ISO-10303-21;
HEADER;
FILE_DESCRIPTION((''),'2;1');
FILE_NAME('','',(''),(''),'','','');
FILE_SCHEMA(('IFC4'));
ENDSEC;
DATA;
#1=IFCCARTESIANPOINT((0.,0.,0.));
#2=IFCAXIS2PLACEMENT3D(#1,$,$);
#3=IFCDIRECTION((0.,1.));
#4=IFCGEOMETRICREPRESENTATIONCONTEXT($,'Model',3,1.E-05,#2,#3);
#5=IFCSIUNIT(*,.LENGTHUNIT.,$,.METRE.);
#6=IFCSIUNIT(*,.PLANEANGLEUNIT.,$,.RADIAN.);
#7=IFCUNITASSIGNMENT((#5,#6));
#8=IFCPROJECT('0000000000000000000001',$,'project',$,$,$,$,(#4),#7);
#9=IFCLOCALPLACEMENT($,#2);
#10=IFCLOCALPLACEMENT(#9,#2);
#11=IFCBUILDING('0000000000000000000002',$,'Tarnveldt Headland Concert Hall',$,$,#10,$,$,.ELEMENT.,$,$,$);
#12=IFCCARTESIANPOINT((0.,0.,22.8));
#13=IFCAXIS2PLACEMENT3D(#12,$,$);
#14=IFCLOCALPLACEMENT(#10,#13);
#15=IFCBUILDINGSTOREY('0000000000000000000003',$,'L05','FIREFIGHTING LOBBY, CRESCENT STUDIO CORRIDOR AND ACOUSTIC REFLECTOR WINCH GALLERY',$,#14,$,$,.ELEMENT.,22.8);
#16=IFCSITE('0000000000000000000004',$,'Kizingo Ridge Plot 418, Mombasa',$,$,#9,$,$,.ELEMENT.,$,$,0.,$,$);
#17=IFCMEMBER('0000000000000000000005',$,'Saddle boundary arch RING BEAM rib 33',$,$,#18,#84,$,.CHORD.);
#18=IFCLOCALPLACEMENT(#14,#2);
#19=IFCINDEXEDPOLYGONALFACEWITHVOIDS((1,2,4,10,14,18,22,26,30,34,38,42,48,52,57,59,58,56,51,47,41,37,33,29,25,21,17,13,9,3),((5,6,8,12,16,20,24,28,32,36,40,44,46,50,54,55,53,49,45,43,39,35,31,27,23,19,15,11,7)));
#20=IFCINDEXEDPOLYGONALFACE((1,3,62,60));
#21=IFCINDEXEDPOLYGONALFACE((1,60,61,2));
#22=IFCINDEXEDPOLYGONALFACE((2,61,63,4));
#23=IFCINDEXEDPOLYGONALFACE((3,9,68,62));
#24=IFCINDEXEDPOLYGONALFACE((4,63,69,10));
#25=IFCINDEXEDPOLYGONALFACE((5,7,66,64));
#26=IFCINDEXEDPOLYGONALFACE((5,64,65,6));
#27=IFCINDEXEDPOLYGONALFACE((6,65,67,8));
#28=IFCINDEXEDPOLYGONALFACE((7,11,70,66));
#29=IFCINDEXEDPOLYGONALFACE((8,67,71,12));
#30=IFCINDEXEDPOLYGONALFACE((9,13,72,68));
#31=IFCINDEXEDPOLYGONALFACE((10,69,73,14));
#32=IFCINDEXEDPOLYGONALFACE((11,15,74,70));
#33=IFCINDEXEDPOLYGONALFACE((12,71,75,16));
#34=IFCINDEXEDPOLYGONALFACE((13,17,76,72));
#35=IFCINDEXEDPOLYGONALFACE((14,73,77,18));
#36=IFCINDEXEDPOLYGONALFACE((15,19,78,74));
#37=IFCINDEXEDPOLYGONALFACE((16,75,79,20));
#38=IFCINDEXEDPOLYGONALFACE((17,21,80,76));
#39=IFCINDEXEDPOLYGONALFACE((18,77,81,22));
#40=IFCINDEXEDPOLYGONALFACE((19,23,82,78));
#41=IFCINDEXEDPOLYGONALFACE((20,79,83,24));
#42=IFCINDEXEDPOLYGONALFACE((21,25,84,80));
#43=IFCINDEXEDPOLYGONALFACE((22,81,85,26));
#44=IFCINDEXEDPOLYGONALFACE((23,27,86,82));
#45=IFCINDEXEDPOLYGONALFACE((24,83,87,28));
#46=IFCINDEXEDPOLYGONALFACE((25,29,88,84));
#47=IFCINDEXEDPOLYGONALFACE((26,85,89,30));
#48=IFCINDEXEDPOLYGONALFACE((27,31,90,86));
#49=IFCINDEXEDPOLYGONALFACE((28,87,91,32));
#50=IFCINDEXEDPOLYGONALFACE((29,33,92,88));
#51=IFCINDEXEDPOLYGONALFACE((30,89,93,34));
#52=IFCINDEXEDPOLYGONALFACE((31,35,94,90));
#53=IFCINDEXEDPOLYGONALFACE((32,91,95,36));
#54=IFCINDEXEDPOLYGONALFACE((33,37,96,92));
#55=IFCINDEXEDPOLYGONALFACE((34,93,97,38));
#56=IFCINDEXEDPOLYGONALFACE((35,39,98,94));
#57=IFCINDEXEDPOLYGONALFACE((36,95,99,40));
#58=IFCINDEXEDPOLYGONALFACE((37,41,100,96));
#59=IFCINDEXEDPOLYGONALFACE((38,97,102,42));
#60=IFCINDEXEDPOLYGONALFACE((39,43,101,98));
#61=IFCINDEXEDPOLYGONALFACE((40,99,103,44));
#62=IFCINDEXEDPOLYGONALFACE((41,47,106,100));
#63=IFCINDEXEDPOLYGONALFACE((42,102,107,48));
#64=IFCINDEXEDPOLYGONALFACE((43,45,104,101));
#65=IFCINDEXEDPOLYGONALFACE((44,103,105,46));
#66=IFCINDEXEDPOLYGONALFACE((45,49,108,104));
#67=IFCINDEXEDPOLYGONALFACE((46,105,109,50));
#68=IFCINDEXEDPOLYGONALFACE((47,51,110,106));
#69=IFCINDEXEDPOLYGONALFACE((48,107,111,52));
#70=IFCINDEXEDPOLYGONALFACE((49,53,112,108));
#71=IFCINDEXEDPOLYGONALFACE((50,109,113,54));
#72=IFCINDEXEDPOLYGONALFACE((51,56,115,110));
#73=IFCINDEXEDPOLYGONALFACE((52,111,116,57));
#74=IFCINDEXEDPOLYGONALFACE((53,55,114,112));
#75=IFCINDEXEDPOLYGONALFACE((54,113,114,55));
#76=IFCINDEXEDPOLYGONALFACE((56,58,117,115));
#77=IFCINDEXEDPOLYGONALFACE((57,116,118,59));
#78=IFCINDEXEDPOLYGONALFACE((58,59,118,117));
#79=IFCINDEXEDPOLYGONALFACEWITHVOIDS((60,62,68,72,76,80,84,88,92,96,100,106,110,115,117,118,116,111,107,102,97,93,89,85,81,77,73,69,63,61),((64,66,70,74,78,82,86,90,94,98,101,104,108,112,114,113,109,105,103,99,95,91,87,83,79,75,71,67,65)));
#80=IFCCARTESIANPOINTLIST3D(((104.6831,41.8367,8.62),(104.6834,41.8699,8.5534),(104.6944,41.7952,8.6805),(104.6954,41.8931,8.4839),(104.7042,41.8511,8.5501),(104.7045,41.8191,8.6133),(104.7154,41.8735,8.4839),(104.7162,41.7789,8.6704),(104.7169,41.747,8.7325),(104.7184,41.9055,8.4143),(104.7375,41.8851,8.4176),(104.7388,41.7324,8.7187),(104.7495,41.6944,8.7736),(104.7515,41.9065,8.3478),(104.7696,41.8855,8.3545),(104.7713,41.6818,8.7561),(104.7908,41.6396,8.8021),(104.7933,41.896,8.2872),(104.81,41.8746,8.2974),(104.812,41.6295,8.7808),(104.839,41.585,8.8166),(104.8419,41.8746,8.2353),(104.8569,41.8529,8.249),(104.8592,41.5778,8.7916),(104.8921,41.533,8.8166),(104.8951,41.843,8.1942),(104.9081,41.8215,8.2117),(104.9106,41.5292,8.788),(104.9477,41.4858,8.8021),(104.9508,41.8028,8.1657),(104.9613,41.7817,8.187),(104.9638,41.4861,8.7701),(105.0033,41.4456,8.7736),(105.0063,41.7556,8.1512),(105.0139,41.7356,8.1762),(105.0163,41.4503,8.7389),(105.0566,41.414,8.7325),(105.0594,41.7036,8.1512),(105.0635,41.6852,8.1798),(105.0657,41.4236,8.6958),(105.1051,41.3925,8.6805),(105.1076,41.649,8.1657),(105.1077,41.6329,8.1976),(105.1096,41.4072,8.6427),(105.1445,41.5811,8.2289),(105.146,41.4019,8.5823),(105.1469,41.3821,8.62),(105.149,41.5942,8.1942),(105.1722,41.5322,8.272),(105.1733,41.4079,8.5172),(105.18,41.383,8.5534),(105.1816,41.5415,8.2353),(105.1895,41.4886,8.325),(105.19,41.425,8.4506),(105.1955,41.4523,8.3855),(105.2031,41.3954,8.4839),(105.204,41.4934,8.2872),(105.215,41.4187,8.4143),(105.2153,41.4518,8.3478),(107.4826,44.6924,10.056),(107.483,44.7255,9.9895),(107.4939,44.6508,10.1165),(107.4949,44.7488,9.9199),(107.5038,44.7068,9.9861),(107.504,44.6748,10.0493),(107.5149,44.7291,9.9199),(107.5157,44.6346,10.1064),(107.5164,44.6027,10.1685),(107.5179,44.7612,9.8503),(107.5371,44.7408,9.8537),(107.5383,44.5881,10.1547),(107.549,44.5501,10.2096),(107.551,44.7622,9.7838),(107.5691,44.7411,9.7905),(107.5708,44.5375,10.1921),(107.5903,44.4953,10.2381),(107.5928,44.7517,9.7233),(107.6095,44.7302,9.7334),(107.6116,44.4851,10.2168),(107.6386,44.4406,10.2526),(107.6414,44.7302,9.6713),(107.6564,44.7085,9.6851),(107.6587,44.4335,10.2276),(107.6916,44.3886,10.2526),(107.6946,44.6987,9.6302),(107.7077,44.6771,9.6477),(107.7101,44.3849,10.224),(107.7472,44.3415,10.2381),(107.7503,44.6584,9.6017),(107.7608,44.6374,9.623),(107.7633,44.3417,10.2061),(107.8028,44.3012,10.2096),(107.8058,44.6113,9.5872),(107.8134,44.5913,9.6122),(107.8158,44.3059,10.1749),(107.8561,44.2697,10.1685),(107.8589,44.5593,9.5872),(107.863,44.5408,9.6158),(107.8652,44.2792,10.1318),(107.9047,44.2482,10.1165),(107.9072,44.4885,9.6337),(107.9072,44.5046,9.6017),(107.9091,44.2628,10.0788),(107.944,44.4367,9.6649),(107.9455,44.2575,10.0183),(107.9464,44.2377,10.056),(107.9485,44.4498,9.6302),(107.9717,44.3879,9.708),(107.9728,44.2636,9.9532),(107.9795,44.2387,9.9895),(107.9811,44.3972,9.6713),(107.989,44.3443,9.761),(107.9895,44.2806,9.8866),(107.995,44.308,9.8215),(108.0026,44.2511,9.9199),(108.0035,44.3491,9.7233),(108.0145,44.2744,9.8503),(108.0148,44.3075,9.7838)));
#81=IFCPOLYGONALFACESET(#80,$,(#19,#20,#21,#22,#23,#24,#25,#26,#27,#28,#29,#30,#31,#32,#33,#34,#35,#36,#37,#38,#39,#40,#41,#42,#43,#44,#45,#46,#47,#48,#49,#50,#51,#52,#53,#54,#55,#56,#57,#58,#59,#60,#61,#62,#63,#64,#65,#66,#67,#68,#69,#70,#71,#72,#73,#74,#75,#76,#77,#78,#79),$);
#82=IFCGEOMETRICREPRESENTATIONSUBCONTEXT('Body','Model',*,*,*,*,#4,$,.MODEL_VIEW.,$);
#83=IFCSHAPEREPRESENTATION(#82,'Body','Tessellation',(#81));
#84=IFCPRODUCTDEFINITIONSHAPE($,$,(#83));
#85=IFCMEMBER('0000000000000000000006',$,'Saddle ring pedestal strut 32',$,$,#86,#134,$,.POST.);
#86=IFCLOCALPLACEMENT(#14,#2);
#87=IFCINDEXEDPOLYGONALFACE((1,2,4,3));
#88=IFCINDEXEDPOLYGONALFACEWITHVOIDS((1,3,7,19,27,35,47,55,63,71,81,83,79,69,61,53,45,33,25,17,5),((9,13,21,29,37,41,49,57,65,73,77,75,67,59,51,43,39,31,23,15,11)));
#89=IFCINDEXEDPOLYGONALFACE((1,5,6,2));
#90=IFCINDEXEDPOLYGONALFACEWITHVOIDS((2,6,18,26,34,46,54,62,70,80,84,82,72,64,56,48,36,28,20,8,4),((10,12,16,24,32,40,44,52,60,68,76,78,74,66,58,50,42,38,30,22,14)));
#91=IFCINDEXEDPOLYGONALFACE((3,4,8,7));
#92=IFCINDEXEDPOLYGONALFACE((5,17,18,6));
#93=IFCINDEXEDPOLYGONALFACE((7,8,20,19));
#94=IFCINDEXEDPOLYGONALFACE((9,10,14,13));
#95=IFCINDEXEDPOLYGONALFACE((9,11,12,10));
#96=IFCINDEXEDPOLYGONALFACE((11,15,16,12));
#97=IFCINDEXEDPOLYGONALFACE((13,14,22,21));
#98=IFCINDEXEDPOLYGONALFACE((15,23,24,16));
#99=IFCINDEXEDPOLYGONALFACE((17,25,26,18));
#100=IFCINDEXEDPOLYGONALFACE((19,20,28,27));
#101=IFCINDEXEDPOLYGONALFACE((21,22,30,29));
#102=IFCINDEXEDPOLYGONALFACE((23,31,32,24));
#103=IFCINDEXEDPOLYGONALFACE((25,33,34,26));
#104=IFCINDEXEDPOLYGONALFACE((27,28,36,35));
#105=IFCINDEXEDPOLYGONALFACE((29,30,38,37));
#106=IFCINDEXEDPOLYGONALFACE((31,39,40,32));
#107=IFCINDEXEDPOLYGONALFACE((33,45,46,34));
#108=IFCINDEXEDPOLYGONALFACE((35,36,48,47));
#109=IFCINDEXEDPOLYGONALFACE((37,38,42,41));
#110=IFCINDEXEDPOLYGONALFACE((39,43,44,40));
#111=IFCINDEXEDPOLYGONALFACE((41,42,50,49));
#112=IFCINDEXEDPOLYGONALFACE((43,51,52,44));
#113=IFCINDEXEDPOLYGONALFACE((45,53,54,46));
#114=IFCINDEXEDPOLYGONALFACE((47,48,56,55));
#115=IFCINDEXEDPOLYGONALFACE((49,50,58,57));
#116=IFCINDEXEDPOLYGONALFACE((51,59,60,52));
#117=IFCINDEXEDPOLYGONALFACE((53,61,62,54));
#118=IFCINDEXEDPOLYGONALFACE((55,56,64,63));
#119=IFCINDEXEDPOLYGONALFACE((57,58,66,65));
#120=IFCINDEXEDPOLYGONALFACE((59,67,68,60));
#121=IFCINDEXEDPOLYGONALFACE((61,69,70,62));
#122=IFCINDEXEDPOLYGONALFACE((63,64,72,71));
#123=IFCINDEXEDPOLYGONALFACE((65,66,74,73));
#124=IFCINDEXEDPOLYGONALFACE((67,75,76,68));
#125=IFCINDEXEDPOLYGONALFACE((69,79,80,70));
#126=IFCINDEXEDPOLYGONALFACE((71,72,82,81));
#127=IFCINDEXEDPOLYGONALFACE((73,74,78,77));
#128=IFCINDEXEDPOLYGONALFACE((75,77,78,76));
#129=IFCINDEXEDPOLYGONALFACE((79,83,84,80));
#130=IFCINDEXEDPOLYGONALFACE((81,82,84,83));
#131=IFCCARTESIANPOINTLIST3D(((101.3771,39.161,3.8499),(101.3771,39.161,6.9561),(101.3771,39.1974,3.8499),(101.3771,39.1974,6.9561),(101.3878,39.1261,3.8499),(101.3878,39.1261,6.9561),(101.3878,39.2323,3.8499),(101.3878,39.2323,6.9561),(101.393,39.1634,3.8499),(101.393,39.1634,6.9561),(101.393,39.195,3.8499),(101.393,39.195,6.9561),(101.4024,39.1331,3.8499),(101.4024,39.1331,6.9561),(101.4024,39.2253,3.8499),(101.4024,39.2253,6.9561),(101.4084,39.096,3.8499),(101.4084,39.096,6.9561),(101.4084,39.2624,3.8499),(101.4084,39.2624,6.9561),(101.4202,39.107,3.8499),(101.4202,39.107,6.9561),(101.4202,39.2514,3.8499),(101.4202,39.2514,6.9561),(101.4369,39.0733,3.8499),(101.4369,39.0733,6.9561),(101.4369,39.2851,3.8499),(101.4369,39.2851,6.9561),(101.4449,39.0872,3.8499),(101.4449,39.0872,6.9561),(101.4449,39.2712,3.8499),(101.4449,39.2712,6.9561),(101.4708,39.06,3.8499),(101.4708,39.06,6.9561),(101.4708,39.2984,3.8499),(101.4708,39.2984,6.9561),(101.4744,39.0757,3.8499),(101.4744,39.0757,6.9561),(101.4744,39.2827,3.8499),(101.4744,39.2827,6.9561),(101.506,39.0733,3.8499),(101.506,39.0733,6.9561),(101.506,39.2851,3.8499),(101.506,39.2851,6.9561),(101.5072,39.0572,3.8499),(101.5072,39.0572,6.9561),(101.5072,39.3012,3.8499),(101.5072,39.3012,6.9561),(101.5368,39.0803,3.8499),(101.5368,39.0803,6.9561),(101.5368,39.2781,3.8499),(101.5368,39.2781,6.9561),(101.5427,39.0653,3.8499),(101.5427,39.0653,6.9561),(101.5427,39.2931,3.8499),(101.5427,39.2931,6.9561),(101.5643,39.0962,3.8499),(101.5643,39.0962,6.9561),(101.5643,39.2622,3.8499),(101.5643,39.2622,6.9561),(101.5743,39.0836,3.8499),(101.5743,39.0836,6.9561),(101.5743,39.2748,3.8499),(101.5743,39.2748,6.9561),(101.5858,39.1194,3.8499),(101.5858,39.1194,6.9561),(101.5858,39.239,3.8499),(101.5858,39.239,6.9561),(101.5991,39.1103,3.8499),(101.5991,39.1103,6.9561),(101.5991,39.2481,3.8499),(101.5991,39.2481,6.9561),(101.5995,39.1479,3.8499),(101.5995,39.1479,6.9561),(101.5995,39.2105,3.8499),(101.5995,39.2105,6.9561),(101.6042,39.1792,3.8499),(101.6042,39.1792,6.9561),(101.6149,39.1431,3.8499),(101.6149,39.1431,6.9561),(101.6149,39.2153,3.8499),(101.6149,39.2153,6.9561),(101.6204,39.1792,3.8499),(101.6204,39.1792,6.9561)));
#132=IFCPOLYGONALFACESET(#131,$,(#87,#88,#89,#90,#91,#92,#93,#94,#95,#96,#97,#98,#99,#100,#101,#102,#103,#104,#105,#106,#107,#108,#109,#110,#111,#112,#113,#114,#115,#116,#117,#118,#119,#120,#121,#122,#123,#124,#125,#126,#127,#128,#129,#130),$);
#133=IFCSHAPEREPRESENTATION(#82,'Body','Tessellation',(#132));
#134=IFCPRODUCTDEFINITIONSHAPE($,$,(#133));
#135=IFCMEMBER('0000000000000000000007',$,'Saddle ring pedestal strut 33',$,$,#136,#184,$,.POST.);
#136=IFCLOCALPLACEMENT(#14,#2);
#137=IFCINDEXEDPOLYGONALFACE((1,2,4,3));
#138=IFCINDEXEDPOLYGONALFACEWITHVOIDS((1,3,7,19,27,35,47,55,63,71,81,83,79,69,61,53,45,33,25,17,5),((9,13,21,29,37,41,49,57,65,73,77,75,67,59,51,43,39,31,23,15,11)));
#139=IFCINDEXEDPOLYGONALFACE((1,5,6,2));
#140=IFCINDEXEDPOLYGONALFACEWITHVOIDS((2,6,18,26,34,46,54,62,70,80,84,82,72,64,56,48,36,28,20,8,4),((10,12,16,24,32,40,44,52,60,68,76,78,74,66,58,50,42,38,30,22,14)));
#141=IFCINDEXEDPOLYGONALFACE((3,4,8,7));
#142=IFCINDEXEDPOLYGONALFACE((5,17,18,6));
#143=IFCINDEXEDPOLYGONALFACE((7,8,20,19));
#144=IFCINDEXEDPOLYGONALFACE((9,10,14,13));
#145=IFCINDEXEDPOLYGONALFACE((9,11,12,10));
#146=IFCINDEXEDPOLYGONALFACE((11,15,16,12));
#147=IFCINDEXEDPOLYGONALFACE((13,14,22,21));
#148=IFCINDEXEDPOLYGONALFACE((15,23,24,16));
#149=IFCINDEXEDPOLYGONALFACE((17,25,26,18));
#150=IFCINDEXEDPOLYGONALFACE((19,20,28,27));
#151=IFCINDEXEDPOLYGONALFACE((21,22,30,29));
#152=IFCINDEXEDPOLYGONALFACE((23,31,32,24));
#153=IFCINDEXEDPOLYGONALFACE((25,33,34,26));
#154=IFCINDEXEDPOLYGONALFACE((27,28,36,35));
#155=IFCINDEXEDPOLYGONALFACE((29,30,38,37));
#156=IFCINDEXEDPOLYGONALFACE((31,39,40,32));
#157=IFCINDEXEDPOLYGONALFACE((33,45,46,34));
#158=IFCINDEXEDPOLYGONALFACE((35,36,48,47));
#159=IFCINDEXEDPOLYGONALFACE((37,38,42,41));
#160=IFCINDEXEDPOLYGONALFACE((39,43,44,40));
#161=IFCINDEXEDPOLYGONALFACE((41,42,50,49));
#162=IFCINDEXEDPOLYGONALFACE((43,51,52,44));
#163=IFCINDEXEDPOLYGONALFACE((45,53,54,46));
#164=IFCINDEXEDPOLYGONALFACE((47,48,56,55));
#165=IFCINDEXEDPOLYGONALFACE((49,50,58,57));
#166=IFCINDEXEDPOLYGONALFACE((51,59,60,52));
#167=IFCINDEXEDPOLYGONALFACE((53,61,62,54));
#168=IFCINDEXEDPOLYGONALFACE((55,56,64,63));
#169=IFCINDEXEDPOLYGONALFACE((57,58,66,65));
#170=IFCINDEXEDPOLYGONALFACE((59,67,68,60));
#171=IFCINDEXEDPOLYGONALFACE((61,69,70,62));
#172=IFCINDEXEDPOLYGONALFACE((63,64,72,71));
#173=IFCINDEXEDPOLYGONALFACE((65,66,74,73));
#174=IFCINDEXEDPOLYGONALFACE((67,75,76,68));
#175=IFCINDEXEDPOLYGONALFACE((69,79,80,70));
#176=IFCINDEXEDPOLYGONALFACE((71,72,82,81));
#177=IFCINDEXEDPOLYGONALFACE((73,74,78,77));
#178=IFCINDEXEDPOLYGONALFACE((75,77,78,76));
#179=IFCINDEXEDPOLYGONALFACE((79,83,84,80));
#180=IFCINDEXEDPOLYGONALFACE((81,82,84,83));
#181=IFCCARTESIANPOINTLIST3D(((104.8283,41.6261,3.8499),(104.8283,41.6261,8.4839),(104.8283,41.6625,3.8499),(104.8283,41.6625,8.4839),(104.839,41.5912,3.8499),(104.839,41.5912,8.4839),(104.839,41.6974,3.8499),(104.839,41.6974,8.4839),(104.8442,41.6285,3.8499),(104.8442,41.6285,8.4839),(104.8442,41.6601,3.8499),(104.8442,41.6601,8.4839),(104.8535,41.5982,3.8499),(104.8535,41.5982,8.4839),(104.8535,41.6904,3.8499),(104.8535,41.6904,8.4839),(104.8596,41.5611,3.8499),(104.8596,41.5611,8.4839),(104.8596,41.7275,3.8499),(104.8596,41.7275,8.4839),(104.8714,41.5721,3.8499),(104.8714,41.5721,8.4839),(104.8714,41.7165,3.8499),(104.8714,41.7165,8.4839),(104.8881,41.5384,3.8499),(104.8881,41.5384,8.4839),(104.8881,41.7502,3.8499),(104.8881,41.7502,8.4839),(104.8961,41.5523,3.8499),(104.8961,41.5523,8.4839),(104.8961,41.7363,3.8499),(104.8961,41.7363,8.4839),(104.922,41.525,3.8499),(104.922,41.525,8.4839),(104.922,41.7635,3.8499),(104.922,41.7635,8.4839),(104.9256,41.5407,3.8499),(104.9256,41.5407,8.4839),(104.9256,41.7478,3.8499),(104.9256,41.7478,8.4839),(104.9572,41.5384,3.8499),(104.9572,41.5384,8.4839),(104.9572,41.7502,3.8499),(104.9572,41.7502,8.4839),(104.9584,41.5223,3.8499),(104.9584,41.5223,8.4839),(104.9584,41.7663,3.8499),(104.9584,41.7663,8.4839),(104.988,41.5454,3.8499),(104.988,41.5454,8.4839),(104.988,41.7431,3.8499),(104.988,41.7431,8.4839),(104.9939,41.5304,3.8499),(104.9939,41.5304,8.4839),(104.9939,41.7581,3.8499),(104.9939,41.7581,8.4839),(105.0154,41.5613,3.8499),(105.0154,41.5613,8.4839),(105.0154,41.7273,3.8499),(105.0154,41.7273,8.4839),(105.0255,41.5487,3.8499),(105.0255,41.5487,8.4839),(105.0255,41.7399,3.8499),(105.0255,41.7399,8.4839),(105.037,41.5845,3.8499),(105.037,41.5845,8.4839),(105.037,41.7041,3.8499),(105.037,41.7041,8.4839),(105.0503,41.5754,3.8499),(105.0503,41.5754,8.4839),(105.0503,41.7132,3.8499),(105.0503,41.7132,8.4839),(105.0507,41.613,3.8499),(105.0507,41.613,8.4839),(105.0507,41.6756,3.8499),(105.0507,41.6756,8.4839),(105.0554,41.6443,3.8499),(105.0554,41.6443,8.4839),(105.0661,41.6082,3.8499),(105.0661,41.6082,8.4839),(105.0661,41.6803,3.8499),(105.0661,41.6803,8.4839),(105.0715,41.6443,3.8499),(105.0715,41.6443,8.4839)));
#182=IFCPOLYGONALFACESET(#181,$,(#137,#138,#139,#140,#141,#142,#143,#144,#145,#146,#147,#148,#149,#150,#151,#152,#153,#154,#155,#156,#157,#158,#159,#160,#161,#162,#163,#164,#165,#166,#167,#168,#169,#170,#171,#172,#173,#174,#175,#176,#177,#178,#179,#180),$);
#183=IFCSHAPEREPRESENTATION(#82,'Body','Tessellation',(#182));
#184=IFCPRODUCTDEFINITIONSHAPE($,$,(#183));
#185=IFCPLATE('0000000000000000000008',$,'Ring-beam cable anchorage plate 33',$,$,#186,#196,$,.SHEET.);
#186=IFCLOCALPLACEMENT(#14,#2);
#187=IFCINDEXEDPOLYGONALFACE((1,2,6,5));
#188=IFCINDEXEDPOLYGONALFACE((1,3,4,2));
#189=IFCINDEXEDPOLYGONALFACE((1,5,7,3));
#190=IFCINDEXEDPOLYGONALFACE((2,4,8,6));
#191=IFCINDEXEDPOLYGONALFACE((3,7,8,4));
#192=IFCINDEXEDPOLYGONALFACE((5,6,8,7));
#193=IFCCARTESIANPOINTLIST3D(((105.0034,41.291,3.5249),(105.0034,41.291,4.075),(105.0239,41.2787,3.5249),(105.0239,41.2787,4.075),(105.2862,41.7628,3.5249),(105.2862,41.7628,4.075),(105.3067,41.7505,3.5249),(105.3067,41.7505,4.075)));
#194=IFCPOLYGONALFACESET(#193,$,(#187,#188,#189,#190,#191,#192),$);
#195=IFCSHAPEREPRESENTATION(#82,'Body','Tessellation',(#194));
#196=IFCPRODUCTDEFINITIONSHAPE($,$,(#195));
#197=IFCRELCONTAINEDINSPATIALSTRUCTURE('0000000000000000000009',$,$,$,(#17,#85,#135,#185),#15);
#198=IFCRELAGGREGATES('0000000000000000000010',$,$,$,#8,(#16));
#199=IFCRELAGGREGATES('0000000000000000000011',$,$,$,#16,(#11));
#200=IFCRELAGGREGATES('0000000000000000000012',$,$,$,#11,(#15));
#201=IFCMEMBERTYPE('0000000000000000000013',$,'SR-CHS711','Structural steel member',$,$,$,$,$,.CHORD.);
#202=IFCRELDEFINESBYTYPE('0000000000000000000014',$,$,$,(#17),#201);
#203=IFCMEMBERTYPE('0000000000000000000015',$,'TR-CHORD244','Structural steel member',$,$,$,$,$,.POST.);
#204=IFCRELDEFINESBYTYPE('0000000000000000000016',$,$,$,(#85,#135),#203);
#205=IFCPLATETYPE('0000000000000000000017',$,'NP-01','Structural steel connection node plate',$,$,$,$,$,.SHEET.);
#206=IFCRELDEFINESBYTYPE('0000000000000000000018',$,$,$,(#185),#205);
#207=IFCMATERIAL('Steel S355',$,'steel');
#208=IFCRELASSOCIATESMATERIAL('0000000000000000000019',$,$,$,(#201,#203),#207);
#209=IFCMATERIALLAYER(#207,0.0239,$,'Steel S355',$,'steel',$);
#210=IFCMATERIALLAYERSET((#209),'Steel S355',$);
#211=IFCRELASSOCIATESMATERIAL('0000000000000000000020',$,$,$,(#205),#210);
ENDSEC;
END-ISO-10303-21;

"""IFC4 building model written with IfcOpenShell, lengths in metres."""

from ifc_helpers import new_model, si_unit, direction, frame, origin, origin_2d, place, context, subcontext, project, spatial, rectangle, hollow_circle, extrude, material, layer, layer_set, material_profile, profile_set, type_object, element, save


model = new_model("IFC4")

# Units and contexts
model_context = context("Model", 3, precision=1e-05, world=origin(), true_north=direction((0.0, 1.0)))
body_context = subcontext(model_context, "Body", "Model", "MODEL_VIEW")
ifc_project = project(units=[si_unit("LENGTHUNIT", "METRE"), si_unit("PLANEANGLEUNIT", "RADIAN")], contexts=[model_context])

# Site, building, storey
site_placement = place(None, origin())
site = spatial("IfcSite", under=ifc_project, at=site_placement, Name="Kizingo Ridge Plot 418, Mombasa", CompositionType="ELEMENT", RefElevation=0.0)
building_placement = place(site_placement, origin())
building = spatial("IfcBuilding", under=site, at=building_placement, Name="Tarnveldt Headland Concert Hall", CompositionType="ELEMENT")
storey_placement = place(building_placement, frame((0.0, 0.0, 22.8)))
storey = spatial("IfcBuildingStorey", under=building, at=storey_placement, Name="L05", Description="FIREFIGHTING LOBBY, CRESCENT STUDIO CORRIDOR AND ACOUSTIC REFLECTOR WINCH GALLERY", CompositionType="ELEMENT", Elevation=22.8)

# Shared definitions
ifc_material_1 = material(Name="Steel S355", Category="steel")

# Members
ifc_material_profile_1 = material_profile(ifc_material_1, hollow_circle(Radius=0.3555, WallThickness=0.0281, at=origin_2d()), Name="CHS 711x28", Category="steel")
ifc_profile_set_1 = profile_set([ifc_material_profile_1], Name="Steel S355")
member_type_1 = type_object("IfcMemberType", Name="SR-CHS711", Description="Structural steel member", PredefinedType="CHORD", material=ifc_profile_set_1)
member_1_placement = place(storey_placement, frame((104.9492, 41.6443, 8.4839), z_axis=(0.65886, 0.672075, 0.337962), x_axis=(-0.714093, 0.700051, 0.0)))
element("IfcMember", 1, at=member_1_placement, inside=storey, type_object=member_type_1, Name="Saddle boundary arch RING BEAM rib 33", PredefinedType="CHORD", context=body_context, shape_type="SweptSolid", body=[
    extrude(hollow_circle(Radius=0.3555, WallThickness=0.0281, at=origin_2d()), origin(), (0.0, 0.0, 1.0), 4.249),
])
ifc_material_profile_2 = material_profile(ifc_material_1, hollow_circle(Radius=0.1223, WallThickness=0.0161, at=origin_2d()), Name="CHS 244.5x16", Category="steel")
ifc_profile_set_2 = profile_set([ifc_material_profile_2], Name="Steel S355")
member_type_2 = type_object("IfcMemberType", Name="TR-CHORD244", Description="Structural steel member", PredefinedType="POST", material=ifc_profile_set_2)
member_2_placement = place(storey_placement, frame((101.498, 39.1792, 3.8499), z_axis=(0.0, 0.0, 1.0), x_axis=(1.0, 0.0, 0.0)))
element("IfcMember", 2, at=member_2_placement, inside=storey, type_object=member_type_2, Name="Saddle ring pedestal strut 32", PredefinedType="POST", context=body_context, shape_type="SweptSolid", body=[
    extrude(hollow_circle(Radius=0.1223, WallThickness=0.0161, at=origin_2d()), origin(), (0.0, 0.0, 1.0), 3.1062),
])
member_3_placement = place(storey_placement, frame((104.9492, 41.6443, 3.8499), z_axis=(0.0, 0.0, 1.0), x_axis=(1.0, 0.0, 0.0)))
element("IfcMember", 3, at=member_3_placement, inside=storey, type_object=member_type_2, Name="Saddle ring pedestal strut 33", PredefinedType="POST", context=body_context, shape_type="SweptSolid", body=[
    extrude(hollow_circle(Radius=0.1223, WallThickness=0.0161, at=origin_2d()), origin(), (0.0, 0.0, 1.0), 4.634),
])

# Plate
ifc_layer_1 = layer(ifc_material_1, 0.0239, Name="Steel S355", Category="steel")
ifc_layer_set_1 = layer_set([ifc_layer_1], Name="Steel S355")
plate_type_1 = type_object("IfcPlateType", Name="NP-01", Description="Structural steel connection node plate", PredefinedType="SHEET", material=ifc_layer_set_1)
plate_1_placement = place(storey_placement, frame((105.155, 41.5208, 3.5249), z_axis=(0.0, 0.0, 1.0), x_axis=(0.51414, 0.857706, 0.0)))
element("IfcPlate", 4, at=plate_1_placement, inside=storey, type_object=plate_type_1, Name="Ring-beam cable anchorage plate 33", PredefinedType="SHEET", context=body_context, shape_type="SweptSolid", body=[
    extrude(rectangle(XDim=0.55, YDim=0.0239, at=origin_2d()), origin(), (0.0, 0.0, 1.0), 0.55),
])

save(model, "model.ifc")
